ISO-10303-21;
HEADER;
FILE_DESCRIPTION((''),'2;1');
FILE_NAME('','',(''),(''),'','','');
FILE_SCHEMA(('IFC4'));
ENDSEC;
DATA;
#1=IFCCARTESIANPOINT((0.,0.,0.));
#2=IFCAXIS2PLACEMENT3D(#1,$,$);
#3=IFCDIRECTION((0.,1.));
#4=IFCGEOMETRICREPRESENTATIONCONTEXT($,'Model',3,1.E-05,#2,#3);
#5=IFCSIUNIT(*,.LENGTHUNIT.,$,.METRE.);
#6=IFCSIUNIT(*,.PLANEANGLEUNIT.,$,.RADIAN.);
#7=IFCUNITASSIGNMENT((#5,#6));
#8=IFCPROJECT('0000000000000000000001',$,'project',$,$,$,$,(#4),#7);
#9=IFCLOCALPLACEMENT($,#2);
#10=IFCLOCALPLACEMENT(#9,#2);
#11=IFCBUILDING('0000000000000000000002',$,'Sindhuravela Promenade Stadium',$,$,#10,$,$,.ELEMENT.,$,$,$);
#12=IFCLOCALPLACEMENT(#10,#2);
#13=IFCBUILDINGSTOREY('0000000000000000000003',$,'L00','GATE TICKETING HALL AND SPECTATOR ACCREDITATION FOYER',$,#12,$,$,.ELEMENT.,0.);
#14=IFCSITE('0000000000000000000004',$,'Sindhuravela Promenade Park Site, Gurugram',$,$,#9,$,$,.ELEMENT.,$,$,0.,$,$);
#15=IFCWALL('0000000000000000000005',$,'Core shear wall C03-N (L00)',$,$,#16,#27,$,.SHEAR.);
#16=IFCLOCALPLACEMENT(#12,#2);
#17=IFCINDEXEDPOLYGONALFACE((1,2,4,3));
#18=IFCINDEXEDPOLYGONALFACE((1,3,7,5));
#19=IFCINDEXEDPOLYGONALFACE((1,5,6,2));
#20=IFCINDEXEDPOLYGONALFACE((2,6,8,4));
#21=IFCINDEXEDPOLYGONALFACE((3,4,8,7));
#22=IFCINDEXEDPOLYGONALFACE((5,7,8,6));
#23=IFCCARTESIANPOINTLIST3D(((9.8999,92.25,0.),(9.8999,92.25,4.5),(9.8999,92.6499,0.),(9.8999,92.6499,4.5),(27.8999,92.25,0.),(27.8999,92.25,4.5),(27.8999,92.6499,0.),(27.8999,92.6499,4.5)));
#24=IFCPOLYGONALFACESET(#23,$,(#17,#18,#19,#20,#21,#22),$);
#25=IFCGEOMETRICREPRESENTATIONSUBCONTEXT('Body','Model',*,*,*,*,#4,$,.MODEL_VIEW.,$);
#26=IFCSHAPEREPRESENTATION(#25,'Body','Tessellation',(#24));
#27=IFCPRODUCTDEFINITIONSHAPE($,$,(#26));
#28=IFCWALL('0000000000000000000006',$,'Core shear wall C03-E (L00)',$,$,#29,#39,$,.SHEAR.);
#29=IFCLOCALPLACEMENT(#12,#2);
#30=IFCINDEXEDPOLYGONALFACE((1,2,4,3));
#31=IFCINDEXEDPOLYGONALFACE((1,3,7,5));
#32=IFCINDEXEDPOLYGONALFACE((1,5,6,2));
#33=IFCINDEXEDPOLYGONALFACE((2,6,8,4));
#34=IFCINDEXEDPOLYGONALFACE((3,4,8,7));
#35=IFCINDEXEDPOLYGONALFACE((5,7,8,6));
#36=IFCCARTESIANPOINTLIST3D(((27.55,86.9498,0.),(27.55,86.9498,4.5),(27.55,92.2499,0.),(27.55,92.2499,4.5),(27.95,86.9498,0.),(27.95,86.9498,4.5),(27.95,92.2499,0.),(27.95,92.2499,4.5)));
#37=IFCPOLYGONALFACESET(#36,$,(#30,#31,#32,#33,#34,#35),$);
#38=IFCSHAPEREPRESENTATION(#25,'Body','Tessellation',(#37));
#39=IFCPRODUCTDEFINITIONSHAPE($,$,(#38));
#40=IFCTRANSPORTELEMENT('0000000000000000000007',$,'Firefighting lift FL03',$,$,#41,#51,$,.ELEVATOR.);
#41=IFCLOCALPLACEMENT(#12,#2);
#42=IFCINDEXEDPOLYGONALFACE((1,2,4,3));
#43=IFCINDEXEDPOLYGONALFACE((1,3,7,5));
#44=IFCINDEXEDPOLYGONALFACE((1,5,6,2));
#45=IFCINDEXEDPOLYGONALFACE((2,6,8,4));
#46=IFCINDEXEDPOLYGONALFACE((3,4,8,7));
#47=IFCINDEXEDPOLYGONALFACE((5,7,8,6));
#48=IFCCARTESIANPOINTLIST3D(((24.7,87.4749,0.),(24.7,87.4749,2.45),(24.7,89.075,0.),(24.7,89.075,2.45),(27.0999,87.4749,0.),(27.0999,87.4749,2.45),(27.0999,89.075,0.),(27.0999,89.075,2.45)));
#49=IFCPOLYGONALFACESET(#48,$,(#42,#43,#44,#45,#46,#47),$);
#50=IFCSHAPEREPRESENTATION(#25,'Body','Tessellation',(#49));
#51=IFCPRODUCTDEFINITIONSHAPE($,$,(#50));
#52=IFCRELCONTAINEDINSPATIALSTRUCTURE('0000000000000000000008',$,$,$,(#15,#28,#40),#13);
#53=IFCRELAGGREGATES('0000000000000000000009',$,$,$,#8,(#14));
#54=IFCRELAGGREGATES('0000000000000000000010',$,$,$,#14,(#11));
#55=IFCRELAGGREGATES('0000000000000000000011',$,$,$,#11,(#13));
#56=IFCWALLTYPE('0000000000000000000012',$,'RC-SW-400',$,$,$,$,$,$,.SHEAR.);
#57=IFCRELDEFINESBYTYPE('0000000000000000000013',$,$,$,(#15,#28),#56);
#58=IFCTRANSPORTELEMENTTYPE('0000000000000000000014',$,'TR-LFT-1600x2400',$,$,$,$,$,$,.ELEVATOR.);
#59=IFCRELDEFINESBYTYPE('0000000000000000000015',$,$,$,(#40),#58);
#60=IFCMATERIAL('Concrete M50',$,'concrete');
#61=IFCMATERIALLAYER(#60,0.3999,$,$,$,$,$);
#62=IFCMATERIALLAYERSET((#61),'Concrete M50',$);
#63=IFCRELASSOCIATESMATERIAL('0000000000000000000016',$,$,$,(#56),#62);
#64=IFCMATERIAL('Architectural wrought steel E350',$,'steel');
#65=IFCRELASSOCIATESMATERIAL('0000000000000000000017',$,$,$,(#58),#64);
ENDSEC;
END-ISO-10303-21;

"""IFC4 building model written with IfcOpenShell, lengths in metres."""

from ifc_helpers import new_model, si_unit, direction, frame, frame_2d, origin, origin_2d, place, context, subcontext, project, spatial, rectangle, extrude, material, layer, layer_set, type_object, element, save


model = new_model("IFC4")

# Units and contexts
model_context = context("Model", 3, precision=1e-05, world=origin(), true_north=direction((0.0, 1.0)))
body_context = subcontext(model_context, "Body", "Model", "MODEL_VIEW")
ifc_project = project(units=[si_unit("LENGTHUNIT", "METRE"), si_unit("PLANEANGLEUNIT", "RADIAN")], contexts=[model_context])

# Site, building, storey
site_placement = place(None, origin())
site = spatial("IfcSite", under=ifc_project, at=site_placement, Name="Sindhuravela Promenade Park Site, Gurugram", CompositionType="ELEMENT", RefElevation=0.0)
building_placement = place(site_placement, origin())
building = spatial("IfcBuilding", under=site, at=building_placement, Name="Sindhuravela Promenade Stadium", CompositionType="ELEMENT")
storey_placement = place(building_placement, origin())
storey = spatial("IfcBuildingStorey", under=building, at=storey_placement, Name="L00", Description="GATE TICKETING HALL AND SPECTATOR ACCREDITATION FOYER", CompositionType="ELEMENT", Elevation=0.0)

# Shared definitions
ifc_material_1 = material(Name="Concrete M50", Category="concrete")

# Shared definitions
ifc_material_2 = material(Name="Architectural wrought steel E350", Category="steel")

# Walls
ifc_layer_1 = layer(ifc_material_1, 0.3999)
ifc_layer_set_1 = layer_set([ifc_layer_1], Name="Concrete M50")
wall_type_1 = type_object("IfcWallType", Name="RC-SW-400", PredefinedType="SHEAR", material=ifc_layer_set_1)
wall_1_placement = place(storey_placement, frame((27.8999, 92.45, 0.0), z_axis=(0.0, 0.0, 1.0), x_axis=(-1.0, 0.0, 0.0)))
element("IfcWall", 1, at=wall_1_placement, inside=storey, type_object=wall_type_1, Name="Core shear wall C03-N (L00)", PredefinedType="SHEAR", context=body_context, shape_type="SweptSolid", body=[
    extrude(rectangle(XDim=18.0, YDim=0.3999, at=frame_2d((9.0, 0.0))), origin(), (0.0, 0.0, 1.0), 4.5),
])
wall_2_placement = place(storey_placement, frame((27.75, 86.95, 0.0), z_axis=(0.0, 0.0, 1.0), x_axis=(0.0, 1.0, 0.0)))
element("IfcWall", 2, at=wall_2_placement, inside=storey, type_object=wall_type_1, Name="Core shear wall C03-E (L00)", PredefinedType="SHEAR", context=body_context, shape_type="SweptSolid", body=[
    extrude(rectangle(XDim=5.3, YDim=0.3999, at=frame_2d((2.6499, 0.0))), origin(), (0.0, 0.0, 1.0), 4.5),
])

# Transport element
transport_element_type = type_object("IfcTransportElementType", Name="TR-LFT-1600x2400", PredefinedType="ELEVATOR", material=ifc_material_2)
transport_element_placement = place(storey_placement, frame((25.8999, 88.2749, 0.0), z_axis=(0.0, 0.0, 1.0), x_axis=(1.0, 0.0, 0.0)))
element("IfcTransportElement", 3, at=transport_element_placement, inside=storey, type_object=transport_element_type, Name="Firefighting lift FL03", PredefinedType="ELEVATOR", context=body_context, shape_type="SweptSolid", body=[
    extrude(rectangle(XDim=2.3999, YDim=1.6001, at=origin_2d()), origin(), (0.0, 0.0, 1.0), 2.45),
])

save(model, "model.ifc")
